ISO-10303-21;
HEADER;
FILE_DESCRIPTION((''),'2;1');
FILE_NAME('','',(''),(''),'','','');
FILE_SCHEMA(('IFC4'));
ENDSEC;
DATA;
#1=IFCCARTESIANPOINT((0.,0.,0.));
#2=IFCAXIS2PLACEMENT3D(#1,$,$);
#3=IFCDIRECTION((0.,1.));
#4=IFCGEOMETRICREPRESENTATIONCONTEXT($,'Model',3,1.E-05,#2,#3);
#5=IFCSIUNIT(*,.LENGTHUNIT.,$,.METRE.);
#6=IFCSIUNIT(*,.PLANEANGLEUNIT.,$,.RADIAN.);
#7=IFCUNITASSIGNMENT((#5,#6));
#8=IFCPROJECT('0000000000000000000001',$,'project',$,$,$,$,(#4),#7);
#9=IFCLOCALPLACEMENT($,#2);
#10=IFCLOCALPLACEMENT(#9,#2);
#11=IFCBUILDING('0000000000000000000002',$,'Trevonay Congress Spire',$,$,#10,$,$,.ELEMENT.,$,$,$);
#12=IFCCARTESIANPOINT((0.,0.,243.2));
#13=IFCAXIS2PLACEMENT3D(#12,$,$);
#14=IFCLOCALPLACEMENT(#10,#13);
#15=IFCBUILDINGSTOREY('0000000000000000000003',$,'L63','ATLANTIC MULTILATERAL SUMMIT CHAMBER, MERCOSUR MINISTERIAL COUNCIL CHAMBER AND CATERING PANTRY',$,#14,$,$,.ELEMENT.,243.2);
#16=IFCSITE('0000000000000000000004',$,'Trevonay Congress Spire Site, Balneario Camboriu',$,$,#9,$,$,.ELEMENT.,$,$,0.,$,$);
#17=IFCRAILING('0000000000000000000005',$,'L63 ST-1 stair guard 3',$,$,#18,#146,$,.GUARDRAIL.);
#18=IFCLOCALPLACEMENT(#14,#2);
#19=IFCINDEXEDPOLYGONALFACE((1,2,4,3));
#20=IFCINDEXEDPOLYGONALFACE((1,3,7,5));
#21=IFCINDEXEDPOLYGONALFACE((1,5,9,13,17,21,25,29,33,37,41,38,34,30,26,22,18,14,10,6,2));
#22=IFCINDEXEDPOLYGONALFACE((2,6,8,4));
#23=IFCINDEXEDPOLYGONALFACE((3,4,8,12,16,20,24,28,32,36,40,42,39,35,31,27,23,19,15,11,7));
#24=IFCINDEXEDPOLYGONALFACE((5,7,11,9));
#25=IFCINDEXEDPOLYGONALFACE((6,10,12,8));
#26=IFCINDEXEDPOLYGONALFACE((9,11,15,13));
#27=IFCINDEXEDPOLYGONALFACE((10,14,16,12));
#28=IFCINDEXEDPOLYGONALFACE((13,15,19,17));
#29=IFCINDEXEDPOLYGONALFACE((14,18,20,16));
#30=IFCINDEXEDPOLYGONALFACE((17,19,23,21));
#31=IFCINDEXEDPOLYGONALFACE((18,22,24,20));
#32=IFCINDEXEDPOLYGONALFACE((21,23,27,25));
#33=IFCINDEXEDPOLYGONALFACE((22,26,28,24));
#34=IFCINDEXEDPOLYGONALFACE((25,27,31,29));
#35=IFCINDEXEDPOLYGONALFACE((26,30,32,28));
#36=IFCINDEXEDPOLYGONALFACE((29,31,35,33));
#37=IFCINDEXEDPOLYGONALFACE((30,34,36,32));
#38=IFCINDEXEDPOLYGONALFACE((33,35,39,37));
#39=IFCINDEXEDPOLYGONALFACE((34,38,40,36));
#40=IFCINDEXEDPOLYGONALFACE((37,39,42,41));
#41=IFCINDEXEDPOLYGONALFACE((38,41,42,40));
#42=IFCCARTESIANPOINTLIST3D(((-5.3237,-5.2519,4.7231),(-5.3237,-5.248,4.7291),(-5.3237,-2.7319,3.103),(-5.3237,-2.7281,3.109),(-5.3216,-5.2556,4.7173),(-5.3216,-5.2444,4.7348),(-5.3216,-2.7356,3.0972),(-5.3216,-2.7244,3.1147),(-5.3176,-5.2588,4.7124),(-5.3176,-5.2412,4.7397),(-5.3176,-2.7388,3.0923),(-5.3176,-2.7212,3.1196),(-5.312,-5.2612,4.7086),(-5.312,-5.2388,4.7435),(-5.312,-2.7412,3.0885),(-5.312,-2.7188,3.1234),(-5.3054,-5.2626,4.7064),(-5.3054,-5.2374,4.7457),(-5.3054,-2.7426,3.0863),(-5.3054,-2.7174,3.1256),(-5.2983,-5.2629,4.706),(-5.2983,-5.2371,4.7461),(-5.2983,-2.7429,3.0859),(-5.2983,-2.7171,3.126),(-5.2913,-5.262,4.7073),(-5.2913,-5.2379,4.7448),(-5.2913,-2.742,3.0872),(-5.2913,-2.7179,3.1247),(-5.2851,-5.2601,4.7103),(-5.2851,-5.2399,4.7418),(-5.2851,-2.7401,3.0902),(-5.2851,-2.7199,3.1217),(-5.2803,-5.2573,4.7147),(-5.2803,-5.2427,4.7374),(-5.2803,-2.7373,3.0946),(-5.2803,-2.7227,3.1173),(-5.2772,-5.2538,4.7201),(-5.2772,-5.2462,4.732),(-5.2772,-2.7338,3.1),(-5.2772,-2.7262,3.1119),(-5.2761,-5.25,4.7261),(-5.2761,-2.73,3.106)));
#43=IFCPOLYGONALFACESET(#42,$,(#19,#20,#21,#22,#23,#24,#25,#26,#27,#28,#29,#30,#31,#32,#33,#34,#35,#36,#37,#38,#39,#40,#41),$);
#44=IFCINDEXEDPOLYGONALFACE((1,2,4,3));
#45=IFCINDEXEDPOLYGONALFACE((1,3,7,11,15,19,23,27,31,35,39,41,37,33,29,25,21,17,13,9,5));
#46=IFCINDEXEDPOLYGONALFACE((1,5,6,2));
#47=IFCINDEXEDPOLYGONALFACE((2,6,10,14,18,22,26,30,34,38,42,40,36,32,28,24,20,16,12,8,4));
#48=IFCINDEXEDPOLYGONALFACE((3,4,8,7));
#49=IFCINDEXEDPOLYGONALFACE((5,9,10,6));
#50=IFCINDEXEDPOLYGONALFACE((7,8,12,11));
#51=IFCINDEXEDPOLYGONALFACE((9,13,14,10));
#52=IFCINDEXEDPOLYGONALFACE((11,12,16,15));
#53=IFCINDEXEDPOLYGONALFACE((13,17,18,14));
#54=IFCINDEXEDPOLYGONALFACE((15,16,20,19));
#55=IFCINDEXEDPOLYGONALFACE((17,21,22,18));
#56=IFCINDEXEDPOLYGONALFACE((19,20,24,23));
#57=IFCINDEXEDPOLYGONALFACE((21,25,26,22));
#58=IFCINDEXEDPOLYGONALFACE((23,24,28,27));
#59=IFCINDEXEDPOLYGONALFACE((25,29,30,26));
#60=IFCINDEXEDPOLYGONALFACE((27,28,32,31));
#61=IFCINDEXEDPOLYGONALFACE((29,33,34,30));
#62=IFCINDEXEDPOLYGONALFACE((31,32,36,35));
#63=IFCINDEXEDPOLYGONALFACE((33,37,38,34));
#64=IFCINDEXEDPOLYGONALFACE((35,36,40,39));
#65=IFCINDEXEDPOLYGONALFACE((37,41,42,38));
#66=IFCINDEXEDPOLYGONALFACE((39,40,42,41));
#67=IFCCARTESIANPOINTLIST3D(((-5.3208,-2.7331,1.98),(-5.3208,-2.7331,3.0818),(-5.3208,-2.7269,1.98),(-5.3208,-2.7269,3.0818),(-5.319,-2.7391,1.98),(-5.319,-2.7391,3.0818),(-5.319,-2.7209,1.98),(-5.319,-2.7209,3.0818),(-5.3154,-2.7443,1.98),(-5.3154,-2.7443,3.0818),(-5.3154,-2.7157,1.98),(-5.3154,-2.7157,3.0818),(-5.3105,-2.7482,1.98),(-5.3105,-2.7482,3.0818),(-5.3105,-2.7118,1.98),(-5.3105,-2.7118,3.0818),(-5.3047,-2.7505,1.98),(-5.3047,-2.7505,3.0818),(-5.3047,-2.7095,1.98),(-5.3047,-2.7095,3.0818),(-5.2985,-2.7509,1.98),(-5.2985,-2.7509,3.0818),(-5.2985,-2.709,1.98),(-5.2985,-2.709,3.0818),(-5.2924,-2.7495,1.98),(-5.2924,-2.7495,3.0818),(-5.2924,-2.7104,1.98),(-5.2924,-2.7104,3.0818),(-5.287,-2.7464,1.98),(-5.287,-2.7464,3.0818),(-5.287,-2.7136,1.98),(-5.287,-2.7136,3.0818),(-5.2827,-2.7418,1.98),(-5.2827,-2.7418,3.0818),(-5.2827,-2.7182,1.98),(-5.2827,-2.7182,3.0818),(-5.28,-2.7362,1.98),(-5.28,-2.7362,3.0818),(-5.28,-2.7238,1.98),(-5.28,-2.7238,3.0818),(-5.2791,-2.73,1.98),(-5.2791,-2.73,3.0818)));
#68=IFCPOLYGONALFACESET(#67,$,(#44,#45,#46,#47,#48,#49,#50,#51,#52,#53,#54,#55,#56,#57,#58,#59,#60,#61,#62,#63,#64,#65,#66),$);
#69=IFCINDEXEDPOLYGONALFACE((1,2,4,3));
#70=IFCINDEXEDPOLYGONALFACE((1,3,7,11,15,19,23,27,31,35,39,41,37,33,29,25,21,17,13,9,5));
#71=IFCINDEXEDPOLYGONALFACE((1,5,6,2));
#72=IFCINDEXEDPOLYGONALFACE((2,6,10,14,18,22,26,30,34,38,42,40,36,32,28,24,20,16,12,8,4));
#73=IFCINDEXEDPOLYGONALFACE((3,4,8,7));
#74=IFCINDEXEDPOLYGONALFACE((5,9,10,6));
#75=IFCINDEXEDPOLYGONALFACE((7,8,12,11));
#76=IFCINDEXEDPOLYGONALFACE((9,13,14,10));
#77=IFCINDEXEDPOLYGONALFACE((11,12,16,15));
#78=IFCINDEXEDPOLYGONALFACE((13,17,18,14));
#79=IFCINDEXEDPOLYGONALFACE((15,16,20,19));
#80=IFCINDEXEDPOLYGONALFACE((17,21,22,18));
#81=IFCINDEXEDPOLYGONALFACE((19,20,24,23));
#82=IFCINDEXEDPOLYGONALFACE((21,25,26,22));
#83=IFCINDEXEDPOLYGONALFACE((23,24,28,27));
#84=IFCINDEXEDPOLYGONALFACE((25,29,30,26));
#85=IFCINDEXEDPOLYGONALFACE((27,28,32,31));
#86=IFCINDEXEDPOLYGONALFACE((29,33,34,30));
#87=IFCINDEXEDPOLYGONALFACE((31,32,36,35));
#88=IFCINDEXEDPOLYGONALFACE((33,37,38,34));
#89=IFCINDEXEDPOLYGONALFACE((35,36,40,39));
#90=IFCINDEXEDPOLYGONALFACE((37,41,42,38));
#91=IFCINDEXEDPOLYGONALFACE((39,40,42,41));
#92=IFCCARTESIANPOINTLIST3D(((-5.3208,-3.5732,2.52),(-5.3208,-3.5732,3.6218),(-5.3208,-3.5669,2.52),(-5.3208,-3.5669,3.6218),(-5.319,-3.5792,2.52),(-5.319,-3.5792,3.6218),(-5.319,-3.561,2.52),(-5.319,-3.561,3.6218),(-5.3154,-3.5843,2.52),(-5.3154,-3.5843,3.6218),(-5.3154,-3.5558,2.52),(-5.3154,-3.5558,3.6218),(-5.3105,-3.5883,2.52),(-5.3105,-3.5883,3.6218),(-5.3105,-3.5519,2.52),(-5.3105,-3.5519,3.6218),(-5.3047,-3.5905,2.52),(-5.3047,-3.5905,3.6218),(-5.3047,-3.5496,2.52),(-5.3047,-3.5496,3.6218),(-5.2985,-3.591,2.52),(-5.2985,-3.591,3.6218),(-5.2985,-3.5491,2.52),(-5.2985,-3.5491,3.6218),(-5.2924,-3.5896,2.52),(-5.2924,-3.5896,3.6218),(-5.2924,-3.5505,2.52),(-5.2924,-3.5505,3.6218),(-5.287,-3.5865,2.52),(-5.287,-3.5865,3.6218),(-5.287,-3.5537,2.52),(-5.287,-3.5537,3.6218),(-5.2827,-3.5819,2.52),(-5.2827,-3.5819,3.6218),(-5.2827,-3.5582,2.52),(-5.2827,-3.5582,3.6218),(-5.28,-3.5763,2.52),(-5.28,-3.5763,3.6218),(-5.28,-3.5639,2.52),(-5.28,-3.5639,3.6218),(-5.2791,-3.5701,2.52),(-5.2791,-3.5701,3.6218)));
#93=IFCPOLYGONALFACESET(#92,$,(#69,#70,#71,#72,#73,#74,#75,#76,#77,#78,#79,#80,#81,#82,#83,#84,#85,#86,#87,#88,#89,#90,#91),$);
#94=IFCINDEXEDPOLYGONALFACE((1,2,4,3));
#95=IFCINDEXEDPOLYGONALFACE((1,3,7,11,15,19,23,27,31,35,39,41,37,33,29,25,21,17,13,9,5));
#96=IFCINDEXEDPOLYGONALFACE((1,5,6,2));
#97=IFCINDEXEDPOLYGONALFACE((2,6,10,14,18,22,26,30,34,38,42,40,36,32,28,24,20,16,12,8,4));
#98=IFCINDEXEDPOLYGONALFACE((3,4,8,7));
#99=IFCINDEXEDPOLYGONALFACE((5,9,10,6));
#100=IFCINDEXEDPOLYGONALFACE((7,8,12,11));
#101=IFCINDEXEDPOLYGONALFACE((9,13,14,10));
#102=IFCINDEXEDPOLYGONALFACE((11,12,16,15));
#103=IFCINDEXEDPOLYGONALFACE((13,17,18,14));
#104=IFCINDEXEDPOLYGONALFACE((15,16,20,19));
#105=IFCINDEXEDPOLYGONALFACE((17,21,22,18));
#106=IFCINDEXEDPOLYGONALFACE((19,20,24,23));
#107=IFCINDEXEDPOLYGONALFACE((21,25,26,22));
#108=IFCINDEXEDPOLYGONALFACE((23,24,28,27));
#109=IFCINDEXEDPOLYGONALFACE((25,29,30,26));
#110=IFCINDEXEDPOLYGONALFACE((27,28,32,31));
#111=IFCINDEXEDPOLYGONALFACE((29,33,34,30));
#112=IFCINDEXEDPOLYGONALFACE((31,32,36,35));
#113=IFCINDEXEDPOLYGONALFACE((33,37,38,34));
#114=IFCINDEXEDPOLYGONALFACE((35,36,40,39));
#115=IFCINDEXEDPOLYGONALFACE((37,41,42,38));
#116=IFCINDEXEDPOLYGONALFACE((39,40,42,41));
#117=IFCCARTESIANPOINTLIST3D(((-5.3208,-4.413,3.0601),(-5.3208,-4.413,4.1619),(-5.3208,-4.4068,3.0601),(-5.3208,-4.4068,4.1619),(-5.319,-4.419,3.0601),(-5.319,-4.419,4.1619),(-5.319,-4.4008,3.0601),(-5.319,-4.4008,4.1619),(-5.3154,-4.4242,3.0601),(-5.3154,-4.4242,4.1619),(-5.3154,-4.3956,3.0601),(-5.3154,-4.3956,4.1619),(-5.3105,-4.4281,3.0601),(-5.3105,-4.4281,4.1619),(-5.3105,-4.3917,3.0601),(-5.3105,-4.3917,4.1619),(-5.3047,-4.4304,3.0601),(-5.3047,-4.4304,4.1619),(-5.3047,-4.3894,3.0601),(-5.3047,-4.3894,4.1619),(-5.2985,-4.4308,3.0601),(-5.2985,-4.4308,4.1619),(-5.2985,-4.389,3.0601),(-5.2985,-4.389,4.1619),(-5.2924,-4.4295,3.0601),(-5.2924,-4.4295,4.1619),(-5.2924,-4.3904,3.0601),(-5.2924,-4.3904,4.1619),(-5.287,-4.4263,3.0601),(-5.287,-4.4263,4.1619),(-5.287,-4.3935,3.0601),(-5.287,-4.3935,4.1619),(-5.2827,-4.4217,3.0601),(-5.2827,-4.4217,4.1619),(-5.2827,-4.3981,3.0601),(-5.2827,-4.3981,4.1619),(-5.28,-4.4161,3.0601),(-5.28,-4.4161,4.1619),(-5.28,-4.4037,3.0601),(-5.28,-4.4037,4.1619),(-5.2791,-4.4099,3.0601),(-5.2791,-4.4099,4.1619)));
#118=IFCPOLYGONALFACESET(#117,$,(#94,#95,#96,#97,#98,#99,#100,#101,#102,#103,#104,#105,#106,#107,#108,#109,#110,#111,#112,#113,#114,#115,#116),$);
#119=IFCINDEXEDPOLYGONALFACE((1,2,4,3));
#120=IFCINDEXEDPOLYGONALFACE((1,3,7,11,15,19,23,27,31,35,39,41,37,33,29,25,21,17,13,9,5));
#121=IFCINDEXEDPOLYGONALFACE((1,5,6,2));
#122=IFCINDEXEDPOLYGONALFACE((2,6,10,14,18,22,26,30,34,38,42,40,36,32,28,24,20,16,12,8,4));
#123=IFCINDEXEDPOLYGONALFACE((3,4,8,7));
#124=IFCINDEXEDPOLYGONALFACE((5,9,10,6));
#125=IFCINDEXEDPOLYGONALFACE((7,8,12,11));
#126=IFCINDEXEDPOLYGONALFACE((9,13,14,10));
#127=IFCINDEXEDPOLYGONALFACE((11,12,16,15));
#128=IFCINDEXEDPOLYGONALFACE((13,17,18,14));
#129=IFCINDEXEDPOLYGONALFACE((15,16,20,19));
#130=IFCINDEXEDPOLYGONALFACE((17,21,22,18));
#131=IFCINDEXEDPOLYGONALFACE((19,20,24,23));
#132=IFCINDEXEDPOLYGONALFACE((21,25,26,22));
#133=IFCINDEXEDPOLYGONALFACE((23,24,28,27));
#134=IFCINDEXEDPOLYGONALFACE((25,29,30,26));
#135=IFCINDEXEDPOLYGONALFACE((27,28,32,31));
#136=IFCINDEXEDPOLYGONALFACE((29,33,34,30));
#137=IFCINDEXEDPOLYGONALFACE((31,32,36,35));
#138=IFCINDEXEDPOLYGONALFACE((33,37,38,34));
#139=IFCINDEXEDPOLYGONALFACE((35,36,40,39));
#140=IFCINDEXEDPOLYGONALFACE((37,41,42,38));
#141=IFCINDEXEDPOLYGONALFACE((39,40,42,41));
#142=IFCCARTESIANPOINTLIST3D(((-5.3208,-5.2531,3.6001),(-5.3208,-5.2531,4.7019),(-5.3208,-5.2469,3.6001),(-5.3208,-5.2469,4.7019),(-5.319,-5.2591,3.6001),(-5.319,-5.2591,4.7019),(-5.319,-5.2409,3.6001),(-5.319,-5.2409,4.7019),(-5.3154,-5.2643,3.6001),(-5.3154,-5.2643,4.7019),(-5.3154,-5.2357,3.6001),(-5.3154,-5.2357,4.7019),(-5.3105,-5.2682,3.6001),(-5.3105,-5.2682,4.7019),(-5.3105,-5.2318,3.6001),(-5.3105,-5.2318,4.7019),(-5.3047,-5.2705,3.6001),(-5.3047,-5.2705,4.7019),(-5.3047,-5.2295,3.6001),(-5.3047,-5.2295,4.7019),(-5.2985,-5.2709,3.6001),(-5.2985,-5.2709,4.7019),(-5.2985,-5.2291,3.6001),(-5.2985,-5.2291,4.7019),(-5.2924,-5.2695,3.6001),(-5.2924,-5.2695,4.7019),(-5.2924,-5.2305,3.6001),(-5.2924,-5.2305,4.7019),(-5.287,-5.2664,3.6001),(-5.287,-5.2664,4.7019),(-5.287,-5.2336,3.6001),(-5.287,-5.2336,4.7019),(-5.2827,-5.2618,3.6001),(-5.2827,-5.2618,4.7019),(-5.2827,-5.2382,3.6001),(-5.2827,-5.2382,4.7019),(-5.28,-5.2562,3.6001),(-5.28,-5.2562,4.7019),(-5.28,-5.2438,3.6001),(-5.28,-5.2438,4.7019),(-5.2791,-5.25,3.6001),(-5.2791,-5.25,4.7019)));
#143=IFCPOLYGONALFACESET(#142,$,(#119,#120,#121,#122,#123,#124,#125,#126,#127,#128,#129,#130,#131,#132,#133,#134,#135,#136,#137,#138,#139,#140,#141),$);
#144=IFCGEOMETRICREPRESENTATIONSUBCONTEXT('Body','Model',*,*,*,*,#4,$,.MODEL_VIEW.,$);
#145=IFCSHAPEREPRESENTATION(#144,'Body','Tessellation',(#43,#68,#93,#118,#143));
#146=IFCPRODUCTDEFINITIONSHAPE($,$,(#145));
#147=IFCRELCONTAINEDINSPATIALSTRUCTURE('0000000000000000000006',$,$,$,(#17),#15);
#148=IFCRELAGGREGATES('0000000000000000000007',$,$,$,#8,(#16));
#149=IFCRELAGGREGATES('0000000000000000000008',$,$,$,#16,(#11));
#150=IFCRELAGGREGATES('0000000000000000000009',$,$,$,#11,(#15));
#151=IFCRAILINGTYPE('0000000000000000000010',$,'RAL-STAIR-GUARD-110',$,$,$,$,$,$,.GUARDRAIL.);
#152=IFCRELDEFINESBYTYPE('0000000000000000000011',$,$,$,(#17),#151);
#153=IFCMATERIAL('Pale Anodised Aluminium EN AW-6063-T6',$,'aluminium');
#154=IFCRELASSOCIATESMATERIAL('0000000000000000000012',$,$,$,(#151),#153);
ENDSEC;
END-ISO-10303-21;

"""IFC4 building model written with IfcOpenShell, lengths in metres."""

from ifc_helpers import new_model, si_unit, direction, frame, origin, origin_2d, place, context, subcontext, project, spatial, circle, extrude, material, type_object, element, save


model = new_model("IFC4")

# Units and contexts
model_context = context("Model", 3, precision=1e-05, world=origin(), true_north=direction((0.0, 1.0)))
body_context = subcontext(model_context, "Body", "Model", "MODEL_VIEW")
ifc_project = project(units=[si_unit("LENGTHUNIT", "METRE"), si_unit("PLANEANGLEUNIT", "RADIAN")], contexts=[model_context])

# Site, building, storey
site_placement = place(None, origin())
site = spatial("IfcSite", under=ifc_project, at=site_placement, Name="Trevonay Congress Spire Site, Balneario Camboriu", CompositionType="ELEMENT", RefElevation=0.0)
building_placement = place(site_placement, origin())
building = spatial("IfcBuilding", under=site, at=building_placement, Name="Trevonay Congress Spire", CompositionType="ELEMENT")
storey_placement = place(building_placement, frame((0.0, 0.0, 243.2)))
storey = spatial("IfcBuildingStorey", under=building, at=storey_placement, Name="L63", Description="ATLANTIC MULTILATERAL SUMMIT CHAMBER, MERCOSUR MINISTERIAL COUNCIL CHAMBER AND CATERING PANTRY", CompositionType="ELEMENT", Elevation=243.2)

# Railing
ifc_material_1 = material(Name="Pale Anodised Aluminium EN AW-6063-T6", Category="aluminium")
railing_type_1 = type_object("IfcRailingType", Name="RAL-STAIR-GUARD-110", PredefinedType="GUARDRAIL", material=ifc_material_1)
railing_1_placement = place(storey_placement, frame((-5.3, -2.73, 1.98)))
element("IfcRailing", 1, at=railing_1_placement, inside=storey, type_object=railing_type_1, Name="L63 ST-1 stair guard 3", PredefinedType="GUARDRAIL", context=body_context, shape_type="SweptSolid", body=[
    extrude(circle(Radius=0.0239, at=origin_2d()), frame((0.0, 0.0, 1.126), z_axis=(0.0, -0.841163, 0.540782), x_axis=(1.0, 0.0, 0.0)), (0.0, 0.0, 1.0), 2.9958),
    extrude(circle(Radius=0.021, at=origin_2d()), origin(), (0.0, 0.0, 1.0), 1.1018),
    extrude(circle(Radius=0.021, at=origin_2d()), frame((0.0, -0.8401, 0.54)), (0.0, 0.0, 1.0), 1.1018),
    extrude(circle(Radius=0.021, at=origin_2d()), frame((0.0, -1.6799, 1.0801)), (0.0, 0.0, 1.0), 1.1018),
    extrude(circle(Radius=0.021, at=origin_2d()), frame((0.0, -2.52, 1.6201)), (0.0, 0.0, 1.0), 1.1018),
])

save(model, "model.ifc")
